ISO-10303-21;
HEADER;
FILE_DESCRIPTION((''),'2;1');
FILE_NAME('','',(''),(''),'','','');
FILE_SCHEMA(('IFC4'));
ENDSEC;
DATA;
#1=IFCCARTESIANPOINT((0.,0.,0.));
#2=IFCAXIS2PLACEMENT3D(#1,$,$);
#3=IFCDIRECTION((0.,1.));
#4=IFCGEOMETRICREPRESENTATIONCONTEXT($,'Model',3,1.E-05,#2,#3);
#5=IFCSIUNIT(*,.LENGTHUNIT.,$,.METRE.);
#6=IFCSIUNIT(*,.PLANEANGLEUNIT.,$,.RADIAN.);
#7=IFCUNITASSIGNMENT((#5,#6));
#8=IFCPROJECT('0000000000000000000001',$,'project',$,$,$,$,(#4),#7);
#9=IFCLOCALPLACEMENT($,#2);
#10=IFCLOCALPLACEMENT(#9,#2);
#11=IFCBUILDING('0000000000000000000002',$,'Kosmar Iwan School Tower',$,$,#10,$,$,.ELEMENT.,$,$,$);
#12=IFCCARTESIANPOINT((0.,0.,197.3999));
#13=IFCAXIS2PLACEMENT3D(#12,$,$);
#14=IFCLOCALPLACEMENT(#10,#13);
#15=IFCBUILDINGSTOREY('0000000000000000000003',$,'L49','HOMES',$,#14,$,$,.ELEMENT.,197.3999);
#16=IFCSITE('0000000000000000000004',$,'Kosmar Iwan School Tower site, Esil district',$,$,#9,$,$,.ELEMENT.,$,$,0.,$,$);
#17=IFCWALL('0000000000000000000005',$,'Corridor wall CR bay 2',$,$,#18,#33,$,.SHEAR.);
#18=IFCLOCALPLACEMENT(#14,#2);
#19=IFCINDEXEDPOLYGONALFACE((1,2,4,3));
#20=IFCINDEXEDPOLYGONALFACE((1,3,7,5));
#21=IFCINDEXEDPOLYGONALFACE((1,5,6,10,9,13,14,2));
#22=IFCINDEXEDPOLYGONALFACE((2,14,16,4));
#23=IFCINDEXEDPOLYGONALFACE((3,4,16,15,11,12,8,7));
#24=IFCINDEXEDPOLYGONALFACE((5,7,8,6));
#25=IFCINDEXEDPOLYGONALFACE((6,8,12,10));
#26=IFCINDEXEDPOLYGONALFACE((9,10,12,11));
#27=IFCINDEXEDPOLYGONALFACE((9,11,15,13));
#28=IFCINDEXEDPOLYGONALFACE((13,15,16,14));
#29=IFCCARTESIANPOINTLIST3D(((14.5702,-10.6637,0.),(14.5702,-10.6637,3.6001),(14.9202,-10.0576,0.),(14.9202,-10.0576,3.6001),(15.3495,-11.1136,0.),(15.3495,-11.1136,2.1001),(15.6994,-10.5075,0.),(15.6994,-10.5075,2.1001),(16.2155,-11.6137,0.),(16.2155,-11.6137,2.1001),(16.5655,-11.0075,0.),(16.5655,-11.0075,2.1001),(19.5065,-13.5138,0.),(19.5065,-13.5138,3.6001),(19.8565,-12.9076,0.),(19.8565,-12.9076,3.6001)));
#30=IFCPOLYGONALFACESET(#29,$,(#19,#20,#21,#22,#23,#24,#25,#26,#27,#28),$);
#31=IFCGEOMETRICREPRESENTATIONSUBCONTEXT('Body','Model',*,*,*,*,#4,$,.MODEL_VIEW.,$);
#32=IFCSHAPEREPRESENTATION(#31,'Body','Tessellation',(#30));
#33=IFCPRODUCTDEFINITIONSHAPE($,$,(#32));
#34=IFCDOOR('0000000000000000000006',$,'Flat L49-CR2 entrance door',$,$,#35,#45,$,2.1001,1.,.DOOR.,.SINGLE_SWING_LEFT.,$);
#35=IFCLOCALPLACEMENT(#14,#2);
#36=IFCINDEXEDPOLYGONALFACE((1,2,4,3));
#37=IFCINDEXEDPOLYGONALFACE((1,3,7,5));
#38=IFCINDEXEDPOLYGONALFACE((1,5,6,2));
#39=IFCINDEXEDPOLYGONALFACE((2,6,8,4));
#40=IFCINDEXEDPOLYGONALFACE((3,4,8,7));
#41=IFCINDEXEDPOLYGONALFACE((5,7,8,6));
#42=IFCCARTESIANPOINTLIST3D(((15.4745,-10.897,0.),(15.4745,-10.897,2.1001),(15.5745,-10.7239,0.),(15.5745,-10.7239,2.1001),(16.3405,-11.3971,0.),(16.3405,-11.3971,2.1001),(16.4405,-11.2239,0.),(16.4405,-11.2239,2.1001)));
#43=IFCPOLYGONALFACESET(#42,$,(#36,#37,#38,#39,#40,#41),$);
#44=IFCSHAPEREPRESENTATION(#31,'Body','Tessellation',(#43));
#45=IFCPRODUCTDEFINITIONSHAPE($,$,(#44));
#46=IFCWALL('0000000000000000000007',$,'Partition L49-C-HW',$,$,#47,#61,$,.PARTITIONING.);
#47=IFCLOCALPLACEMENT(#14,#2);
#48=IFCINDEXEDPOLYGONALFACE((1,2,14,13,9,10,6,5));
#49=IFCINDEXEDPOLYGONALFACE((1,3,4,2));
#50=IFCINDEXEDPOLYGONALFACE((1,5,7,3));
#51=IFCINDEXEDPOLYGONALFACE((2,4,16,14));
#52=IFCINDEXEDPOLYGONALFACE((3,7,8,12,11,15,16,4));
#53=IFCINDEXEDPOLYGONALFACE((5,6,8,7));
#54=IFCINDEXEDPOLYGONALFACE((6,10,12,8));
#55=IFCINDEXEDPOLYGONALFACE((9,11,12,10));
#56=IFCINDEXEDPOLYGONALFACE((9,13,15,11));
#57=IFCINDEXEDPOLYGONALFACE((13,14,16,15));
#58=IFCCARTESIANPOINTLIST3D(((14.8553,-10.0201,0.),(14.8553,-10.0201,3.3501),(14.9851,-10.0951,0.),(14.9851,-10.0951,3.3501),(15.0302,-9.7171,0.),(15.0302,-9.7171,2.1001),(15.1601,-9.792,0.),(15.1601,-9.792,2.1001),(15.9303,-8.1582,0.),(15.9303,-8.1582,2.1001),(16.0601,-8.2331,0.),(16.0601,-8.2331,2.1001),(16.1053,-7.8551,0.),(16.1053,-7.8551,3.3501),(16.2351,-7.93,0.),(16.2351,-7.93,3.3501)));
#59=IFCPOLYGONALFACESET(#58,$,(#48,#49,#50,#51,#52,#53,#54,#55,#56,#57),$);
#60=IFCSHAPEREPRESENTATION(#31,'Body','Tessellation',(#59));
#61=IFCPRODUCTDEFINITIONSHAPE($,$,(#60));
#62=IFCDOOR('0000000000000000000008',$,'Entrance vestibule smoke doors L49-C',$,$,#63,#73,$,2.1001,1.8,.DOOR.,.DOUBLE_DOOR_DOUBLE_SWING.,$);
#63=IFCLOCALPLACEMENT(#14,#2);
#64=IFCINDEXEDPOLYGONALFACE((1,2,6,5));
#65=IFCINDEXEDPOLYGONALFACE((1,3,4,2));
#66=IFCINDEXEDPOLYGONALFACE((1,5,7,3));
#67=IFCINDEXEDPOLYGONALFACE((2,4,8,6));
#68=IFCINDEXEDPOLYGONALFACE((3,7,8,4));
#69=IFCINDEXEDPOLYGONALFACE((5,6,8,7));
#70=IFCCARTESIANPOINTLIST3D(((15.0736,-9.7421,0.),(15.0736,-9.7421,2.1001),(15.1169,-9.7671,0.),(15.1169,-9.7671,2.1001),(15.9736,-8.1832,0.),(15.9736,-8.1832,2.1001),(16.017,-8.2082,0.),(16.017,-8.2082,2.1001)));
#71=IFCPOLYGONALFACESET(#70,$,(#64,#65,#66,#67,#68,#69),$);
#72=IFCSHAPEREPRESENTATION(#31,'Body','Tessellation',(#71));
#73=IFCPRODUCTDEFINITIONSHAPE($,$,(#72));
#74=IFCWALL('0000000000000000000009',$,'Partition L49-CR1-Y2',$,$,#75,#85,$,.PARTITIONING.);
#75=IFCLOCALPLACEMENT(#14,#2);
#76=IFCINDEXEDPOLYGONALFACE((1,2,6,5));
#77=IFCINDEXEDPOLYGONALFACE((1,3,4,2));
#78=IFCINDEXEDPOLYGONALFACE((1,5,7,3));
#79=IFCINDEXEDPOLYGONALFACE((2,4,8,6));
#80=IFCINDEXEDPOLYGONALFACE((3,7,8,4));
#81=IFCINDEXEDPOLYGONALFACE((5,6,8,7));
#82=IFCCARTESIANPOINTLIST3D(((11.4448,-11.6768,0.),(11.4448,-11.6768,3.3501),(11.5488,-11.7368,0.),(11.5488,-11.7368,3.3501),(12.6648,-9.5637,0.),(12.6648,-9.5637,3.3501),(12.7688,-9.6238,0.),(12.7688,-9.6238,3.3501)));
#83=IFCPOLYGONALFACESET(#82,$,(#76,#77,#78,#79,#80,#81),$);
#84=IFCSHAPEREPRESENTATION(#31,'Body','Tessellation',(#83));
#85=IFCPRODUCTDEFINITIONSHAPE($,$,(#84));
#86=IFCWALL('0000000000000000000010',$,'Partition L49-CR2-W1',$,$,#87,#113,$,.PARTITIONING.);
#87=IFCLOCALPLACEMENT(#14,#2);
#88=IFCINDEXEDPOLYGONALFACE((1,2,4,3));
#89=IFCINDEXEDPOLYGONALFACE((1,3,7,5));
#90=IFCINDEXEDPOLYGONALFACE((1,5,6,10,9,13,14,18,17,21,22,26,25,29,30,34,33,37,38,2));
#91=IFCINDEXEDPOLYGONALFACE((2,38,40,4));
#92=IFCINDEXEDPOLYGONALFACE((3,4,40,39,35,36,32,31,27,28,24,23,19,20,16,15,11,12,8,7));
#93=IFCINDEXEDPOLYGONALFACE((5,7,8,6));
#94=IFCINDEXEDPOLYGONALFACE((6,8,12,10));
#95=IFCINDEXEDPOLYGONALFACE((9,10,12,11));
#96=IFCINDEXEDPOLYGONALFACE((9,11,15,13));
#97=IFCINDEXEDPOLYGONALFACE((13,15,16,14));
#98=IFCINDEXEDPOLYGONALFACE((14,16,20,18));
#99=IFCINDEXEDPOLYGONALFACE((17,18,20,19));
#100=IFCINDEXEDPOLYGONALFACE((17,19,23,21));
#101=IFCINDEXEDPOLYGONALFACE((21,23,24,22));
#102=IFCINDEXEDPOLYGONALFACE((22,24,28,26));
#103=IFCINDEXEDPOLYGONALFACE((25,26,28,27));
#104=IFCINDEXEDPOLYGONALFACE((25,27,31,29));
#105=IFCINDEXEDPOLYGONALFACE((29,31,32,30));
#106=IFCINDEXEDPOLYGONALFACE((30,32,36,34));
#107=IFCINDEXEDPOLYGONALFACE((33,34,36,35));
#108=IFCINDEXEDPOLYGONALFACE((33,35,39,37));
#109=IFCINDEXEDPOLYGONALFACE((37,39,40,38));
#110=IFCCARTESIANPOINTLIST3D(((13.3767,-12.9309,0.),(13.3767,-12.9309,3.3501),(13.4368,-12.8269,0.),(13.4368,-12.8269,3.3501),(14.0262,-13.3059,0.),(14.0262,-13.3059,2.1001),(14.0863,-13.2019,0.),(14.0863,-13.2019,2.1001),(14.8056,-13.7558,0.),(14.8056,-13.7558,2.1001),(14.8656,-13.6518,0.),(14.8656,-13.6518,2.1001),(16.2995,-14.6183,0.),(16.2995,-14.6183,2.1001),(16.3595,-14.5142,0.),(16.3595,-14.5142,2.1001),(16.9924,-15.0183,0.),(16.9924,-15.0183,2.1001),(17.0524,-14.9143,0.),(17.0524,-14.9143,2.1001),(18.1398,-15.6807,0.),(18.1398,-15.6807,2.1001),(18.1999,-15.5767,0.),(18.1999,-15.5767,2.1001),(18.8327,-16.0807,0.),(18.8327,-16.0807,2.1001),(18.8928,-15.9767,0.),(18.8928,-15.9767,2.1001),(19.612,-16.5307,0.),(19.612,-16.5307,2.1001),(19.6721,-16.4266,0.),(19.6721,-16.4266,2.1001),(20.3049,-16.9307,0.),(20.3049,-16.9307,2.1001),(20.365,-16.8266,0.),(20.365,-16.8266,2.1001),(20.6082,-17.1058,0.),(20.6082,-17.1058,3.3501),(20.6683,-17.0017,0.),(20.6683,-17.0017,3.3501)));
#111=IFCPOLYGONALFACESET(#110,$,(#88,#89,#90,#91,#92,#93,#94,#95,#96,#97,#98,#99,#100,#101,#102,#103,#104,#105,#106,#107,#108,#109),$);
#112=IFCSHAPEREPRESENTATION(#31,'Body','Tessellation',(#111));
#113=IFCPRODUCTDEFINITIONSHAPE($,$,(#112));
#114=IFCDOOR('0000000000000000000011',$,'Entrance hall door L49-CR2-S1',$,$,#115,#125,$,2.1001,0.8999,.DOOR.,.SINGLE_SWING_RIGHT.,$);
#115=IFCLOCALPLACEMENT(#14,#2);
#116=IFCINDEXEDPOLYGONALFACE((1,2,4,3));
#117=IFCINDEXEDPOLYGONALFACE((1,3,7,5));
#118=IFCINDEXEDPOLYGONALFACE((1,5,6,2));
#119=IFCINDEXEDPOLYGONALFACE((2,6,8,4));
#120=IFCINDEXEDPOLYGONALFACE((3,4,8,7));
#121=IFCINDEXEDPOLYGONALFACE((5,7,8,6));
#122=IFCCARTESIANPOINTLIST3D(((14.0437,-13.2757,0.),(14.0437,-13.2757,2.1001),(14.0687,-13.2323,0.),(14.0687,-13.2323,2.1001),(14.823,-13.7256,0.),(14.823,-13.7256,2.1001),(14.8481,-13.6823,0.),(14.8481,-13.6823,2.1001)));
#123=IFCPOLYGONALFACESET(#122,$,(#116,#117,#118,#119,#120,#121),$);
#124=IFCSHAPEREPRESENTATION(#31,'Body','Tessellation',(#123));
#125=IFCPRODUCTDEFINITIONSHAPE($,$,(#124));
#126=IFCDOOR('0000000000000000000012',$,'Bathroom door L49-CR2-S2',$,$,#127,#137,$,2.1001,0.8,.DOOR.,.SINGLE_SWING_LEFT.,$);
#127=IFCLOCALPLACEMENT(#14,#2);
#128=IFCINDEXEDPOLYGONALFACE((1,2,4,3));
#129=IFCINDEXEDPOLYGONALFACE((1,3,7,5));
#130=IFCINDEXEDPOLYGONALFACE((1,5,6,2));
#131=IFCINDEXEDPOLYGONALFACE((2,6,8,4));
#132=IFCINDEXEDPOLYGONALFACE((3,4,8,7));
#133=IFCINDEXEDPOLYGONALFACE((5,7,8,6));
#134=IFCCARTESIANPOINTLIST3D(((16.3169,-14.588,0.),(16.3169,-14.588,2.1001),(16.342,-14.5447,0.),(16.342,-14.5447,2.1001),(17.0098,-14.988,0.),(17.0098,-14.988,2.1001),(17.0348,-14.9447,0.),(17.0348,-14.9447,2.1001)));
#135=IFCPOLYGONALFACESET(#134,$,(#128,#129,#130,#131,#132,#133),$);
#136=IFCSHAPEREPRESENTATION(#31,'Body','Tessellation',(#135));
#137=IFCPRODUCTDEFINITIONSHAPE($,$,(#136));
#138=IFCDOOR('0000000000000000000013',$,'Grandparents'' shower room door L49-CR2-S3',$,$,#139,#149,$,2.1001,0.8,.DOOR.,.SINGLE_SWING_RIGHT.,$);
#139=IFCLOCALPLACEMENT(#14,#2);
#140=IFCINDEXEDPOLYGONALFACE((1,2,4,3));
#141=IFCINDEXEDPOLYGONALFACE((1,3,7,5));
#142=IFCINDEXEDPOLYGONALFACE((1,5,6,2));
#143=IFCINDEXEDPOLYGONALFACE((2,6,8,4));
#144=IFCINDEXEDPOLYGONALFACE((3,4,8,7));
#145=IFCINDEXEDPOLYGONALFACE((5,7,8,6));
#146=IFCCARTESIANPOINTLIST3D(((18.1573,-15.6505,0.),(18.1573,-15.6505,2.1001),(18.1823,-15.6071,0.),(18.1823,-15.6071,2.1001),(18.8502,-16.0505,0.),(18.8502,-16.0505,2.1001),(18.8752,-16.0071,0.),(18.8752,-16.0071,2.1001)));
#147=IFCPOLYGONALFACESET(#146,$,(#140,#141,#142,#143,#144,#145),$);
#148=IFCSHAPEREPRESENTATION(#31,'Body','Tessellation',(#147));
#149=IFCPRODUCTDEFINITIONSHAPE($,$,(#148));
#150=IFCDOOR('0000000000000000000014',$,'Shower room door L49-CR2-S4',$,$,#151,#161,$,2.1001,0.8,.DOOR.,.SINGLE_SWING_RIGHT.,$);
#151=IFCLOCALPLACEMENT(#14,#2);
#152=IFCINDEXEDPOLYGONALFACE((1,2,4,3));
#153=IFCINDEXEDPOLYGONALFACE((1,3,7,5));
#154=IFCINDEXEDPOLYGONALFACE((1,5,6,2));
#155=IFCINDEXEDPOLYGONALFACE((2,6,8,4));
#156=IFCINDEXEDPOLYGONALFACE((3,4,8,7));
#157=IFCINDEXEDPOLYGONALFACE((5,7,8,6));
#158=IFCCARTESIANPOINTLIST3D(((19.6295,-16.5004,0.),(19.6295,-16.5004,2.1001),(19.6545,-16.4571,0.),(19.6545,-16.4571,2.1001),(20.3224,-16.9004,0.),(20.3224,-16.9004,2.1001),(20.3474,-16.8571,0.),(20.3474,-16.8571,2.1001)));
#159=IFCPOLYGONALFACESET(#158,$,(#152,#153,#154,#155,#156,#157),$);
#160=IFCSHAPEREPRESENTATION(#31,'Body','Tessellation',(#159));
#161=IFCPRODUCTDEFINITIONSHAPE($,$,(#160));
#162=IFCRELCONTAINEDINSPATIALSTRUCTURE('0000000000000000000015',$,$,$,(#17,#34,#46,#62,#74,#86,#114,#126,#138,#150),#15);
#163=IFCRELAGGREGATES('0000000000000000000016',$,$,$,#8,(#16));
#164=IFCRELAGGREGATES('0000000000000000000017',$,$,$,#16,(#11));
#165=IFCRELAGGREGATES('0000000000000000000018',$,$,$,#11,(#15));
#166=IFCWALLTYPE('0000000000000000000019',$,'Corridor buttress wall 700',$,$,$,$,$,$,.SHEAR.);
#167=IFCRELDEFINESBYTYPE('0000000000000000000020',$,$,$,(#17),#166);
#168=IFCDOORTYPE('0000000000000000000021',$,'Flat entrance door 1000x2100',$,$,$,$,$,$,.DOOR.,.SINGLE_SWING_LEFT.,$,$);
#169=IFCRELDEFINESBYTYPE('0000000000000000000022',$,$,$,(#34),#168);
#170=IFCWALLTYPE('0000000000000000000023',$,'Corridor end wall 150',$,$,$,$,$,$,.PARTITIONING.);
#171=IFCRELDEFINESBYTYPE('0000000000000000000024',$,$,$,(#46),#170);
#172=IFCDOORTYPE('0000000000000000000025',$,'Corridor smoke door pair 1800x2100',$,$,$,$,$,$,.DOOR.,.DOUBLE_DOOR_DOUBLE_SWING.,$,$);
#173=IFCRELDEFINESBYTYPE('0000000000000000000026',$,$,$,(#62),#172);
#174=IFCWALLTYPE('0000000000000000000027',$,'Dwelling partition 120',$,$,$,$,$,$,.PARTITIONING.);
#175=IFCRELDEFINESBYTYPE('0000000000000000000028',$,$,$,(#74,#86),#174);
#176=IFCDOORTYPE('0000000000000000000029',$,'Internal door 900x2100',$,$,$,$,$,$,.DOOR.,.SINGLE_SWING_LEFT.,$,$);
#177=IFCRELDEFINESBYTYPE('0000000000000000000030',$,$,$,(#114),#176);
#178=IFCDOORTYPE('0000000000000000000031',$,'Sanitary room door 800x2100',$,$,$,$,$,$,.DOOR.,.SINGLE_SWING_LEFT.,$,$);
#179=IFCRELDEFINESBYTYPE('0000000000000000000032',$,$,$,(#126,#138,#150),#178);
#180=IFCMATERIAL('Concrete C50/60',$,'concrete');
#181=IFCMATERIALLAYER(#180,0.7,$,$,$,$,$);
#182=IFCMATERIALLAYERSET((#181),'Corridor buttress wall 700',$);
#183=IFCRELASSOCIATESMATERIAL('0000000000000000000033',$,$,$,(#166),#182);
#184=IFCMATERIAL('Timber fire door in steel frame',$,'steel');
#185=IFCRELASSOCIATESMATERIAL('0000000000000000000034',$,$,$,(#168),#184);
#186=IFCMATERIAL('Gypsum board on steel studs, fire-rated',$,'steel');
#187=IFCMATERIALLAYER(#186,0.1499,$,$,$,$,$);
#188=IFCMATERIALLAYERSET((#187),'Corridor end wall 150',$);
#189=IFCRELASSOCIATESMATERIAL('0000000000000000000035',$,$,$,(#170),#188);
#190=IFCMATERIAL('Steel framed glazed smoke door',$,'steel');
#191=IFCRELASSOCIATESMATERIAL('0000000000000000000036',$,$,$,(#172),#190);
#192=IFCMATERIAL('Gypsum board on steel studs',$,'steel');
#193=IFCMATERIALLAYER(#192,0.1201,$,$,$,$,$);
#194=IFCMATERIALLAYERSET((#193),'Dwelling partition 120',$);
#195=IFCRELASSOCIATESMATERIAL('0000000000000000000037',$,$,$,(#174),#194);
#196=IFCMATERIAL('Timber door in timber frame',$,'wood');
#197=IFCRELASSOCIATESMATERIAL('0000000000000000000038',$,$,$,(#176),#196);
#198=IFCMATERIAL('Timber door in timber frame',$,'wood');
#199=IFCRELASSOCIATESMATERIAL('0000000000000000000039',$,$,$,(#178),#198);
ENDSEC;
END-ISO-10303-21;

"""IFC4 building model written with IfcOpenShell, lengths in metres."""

from ifc_helpers import new_model, si_unit, direction, frame, frame_2d, origin, place, context, subcontext, project, spatial, rectangle, extrude, material, layer, layer_set, type_object, element, fill, save


model = new_model("IFC4")

# Units and contexts
model_context = context("Model", 3, precision=1e-05, world=origin(), true_north=direction((0.0, 1.0)))
body_context = subcontext(model_context, "Body", "Model", "MODEL_VIEW")
ifc_project = project(units=[si_unit("LENGTHUNIT", "METRE"), si_unit("PLANEANGLEUNIT", "RADIAN")], contexts=[model_context])

# Site, building, storey
site_placement = place(None, origin())
site = spatial("IfcSite", under=ifc_project, at=site_placement, Name="Kosmar Iwan School Tower site, Esil district", CompositionType="ELEMENT", RefElevation=0.0)
building_placement = place(site_placement, origin())
building = spatial("IfcBuilding", under=site, at=building_placement, Name="Kosmar Iwan School Tower", CompositionType="ELEMENT")
storey_placement = place(building_placement, frame((0.0, 0.0, 197.3999)))
storey = spatial("IfcBuildingStorey", under=building, at=storey_placement, Name="L49", Description="HOMES", CompositionType="ELEMENT", Elevation=197.3999)

# Walls, openings, doors
ifc_material_1 = material(Name="Concrete C50/60", Category="concrete")
ifc_layer_1 = layer(ifc_material_1, 0.7)
ifc_layer_set_1 = layer_set([ifc_layer_1], Name="Corridor buttress wall 700")
wall_type_1 = type_object("IfcWallType", Name="Corridor buttress wall 700", PredefinedType="SHEAR", material=ifc_layer_set_1)
wall_1_placement = place(storey_placement, frame((14.7451, -10.3606, 0.0), z_axis=(0.0, 0.0, 1.0), x_axis=(0.866015, -0.500018, 0.0)))
wall_1 = element("IfcWall", 1, at=wall_1_placement, inside=storey, type_object=wall_type_1, Name="Corridor wall CR bay 2", PredefinedType="SHEAR", context=body_context, shape_type="SweptSolid", body=[
    extrude(rectangle(XDim=5.7, YDim=0.7, at=frame_2d((2.8501, 0.0))), origin(), (0.0, 0.0, 1.0), 3.6001),
])
opening_1_placement = place(wall_1_placement, frame((0.8999, 0.0, 0.0)))
opening_1 = element("IfcOpeningElement", 2, at=opening_1_placement, cuts=wall_1, PredefinedType="OPENING", context=body_context, shape_type="SweptSolid", body=[
    extrude(rectangle(XDim=1.0, YDim=2.1001, at=frame_2d((0.5, 1.05))), frame((0.0, 0.3621, 0.0), z_axis=(0.0, -1.0, 0.0), x_axis=(1.0, 0.0, 0.0)), (0.0, 0.0, 1.0), 0.7239),
])
ifc_material_2 = material(Name="Timber fire door in steel frame", Category="steel")
door_type_1 = type_object("IfcDoorType", Name="Flat entrance door 1000x2100", OperationType="SINGLE_SWING_LEFT", PredefinedType="DOOR", material=ifc_material_2)
door_1_placement = place(opening_1_placement, origin())
door_1 = element("IfcDoor", 3, at=door_1_placement, inside=storey, type_object=door_type_1, Name="Flat L49-CR2 entrance door", OperationType="SINGLE_SWING_LEFT", OverallHeight=2.1001, OverallWidth=1.0, PredefinedType="DOOR", context=body_context, shape_type="SweptSolid", body=[
    extrude(rectangle(XDim=1.0, YDim=2.1001, at=frame_2d((0.5, 1.05))), frame((0.0, 0.1001, 0.0), z_axis=(0.0, -1.0, 0.0), x_axis=(1.0, 0.0, 0.0)), (0.0, 0.0, 1.0), 0.2),
])
fill(opening_1, door_1)
ifc_material_3 = material(Name="Gypsum board on steel studs, fire-rated", Category="steel")
ifc_layer_2 = layer(ifc_material_3, 0.1499)
ifc_layer_set_2 = layer_set([ifc_layer_2], Name="Corridor end wall 150")
wall_type_2 = type_object("IfcWallType", Name="Corridor end wall 150", PredefinedType="PARTITIONING", material=ifc_layer_set_2)
wall_2_placement = place(storey_placement, frame((14.9202, -10.0576, 0.0), z_axis=(0.0, 0.0, 1.0), x_axis=(0.500004, 0.866023, 0.0)))
wall_2 = element("IfcWall", 4, at=wall_2_placement, inside=storey, type_object=wall_type_2, Name="Partition L49-C-HW", PredefinedType="PARTITIONING", context=body_context, shape_type="SweptSolid", body=[
    extrude(rectangle(XDim=2.5, YDim=0.1499, at=frame_2d((1.25, 0.0))), origin(), (0.0, 0.0, 1.0), 3.3501),
])
opening_2_placement = place(wall_2_placement, frame((0.3501, 0.0, 0.0)))
opening_2 = element("IfcOpeningElement", 5, at=opening_2_placement, cuts=wall_2, PredefinedType="OPENING", context=body_context, shape_type="SweptSolid", body=[
    extrude(rectangle(XDim=1.8, YDim=2.1001, at=frame_2d((0.8999, 1.05))), frame((0.0, 0.0869, 0.0), z_axis=(0.0, -1.0, 0.0), x_axis=(1.0, 0.0, 0.0)), (0.0, 0.0, 1.0), 0.1738),
])
ifc_material_4 = material(Name="Steel framed glazed smoke door", Category="steel")
door_type_2 = type_object("IfcDoorType", Name="Corridor smoke door pair 1800x2100", OperationType="DOUBLE_DOOR_DOUBLE_SWING", PredefinedType="DOOR", material=ifc_material_4)
door_2_placement = place(opening_2_placement, origin())
door_2 = element("IfcDoor", 6, at=door_2_placement, inside=storey, type_object=door_type_2, Name="Entrance vestibule smoke doors L49-C", OperationType="DOUBLE_DOOR_DOUBLE_SWING", OverallHeight=2.1001, OverallWidth=1.8, PredefinedType="DOOR", context=body_context, shape_type="SweptSolid", body=[
    extrude(rectangle(XDim=1.8, YDim=2.1001, at=frame_2d((0.8999, 1.05))), frame((0.0, 0.0249, 0.0), z_axis=(0.0, -1.0, 0.0), x_axis=(1.0, 0.0, 0.0)), (0.0, 0.0, 1.0), 0.05),
])
fill(opening_2, door_2)

# Wall
ifc_material_5 = material(Name="Gypsum board on steel studs", Category="steel")
ifc_layer_3 = layer(ifc_material_5, 0.1201)
ifc_layer_set_3 = layer_set([ifc_layer_3], Name="Dwelling partition 120")
wall_type_3 = type_object("IfcWallType", Name="Dwelling partition 120", PredefinedType="PARTITIONING", material=ifc_layer_set_3)
wall_3_placement = place(storey_placement, frame((12.7168, -9.5938, 0.0), z_axis=(0.0, 0.0, 1.0), x_axis=(-0.500003, -0.866024, 0.0)))
element("IfcWall", 7, at=wall_3_placement, inside=storey, type_object=wall_type_3, Name="Partition L49-CR1-Y2", PredefinedType="PARTITIONING", context=body_context, shape_type="SweptSolid", body=[
    extrude(rectangle(XDim=2.4399, YDim=0.1201, at=frame_2d((1.22, 0.0))), origin(), (0.0, 0.0, 1.0), 3.3501),
])

# Wall, openings, doors
wall_4_placement = place(storey_placement, frame((13.4067, -12.8789, 0.0), z_axis=(0.0, 0.0, 1.0), x_axis=(0.86604, -0.499976, 0.0)))
wall_4 = element("IfcWall", 8, at=wall_4_placement, inside=storey, type_object=wall_type_3, Name="Partition L49-CR2-W1", PredefinedType="PARTITIONING", context=body_context, shape_type="SweptSolid", body=[
    extrude(rectangle(XDim=8.3501, YDim=0.1201, at=frame_2d((4.175, 0.0))), origin(), (0.0, 0.0, 1.0), 3.3501),
])
opening_3_placement = place(wall_4_placement, frame((0.75, 0.0, 0.0)))
opening_3 = element("IfcOpeningElement", 9, at=opening_3_placement, cuts=wall_4, PredefinedType="OPENING", context=body_context, shape_type="SweptSolid", body=[
    extrude(rectangle(XDim=0.8999, YDim=2.1001, at=frame_2d((0.45, 1.05))), frame((0.0, 0.072, 0.0), z_axis=(0.0, -1.0, 0.0), x_axis=(1.0, 0.0, 0.0)), (0.0, 0.0, 1.0), 0.144),
])
opening_4_placement = place(wall_4_placement, frame((3.375, 0.0, 0.0)))
opening_4 = element("IfcOpeningElement", 10, at=opening_4_placement, cuts=wall_4, PredefinedType="OPENING", context=body_context, shape_type="SweptSolid", body=[
    extrude(rectangle(XDim=0.8, YDim=2.1001, at=frame_2d((0.3999, 1.05))), frame((0.0, 0.072, 0.0), z_axis=(0.0, -1.0, 0.0), x_axis=(1.0, 0.0, 0.0)), (0.0, 0.0, 1.0), 0.144),
])
opening_5_placement = place(wall_4_placement, frame((5.5, 0.0, 0.0)))
opening_5 = element("IfcOpeningElement", 11, at=opening_5_placement, cuts=wall_4, PredefinedType="OPENING", context=body_context, shape_type="SweptSolid", body=[
    extrude(rectangle(XDim=0.8, YDim=2.1001, at=frame_2d((0.3999, 1.05))), frame((0.0, 0.072, 0.0), z_axis=(0.0, -1.0, 0.0), x_axis=(1.0, 0.0, 0.0)), (0.0, 0.0, 1.0), 0.144),
])
opening_6_placement = place(wall_4_placement, frame((7.2, 0.0, 0.0)))
opening_6 = element("IfcOpeningElement", 12, at=opening_6_placement, cuts=wall_4, PredefinedType="OPENING", context=body_context, shape_type="SweptSolid", body=[
    extrude(rectangle(XDim=0.8, YDim=2.1001, at=frame_2d((0.3999, 1.05))), frame((0.0, 0.072, 0.0), z_axis=(0.0, -1.0, 0.0), x_axis=(1.0, 0.0, 0.0)), (0.0, 0.0, 1.0), 0.144),
])
ifc_material_6 = material(Name="Timber door in timber frame", Category="wood")
door_type_3 = type_object("IfcDoorType", Name="Internal door 900x2100", OperationType="SINGLE_SWING_LEFT", PredefinedType="DOOR", material=ifc_material_6)
door_3_placement = place(opening_3_placement, origin())
door_3 = element("IfcDoor", 13, at=door_3_placement, inside=storey, type_object=door_type_3, Name="Entrance hall door L49-CR2-S1", OperationType="SINGLE_SWING_RIGHT", OverallHeight=2.1001, OverallWidth=0.8999, PredefinedType="DOOR", context=body_context, shape_type="SweptSolid", body=[
    extrude(rectangle(XDim=0.8999, YDim=2.1001, at=frame_2d((0.45, 1.05))), frame((0.0, 0.0249, 0.0), z_axis=(0.0, -1.0, 0.0), x_axis=(1.0, 0.0, 0.0)), (0.0, 0.0, 1.0), 0.05),
])
fill(opening_3, door_3)
ifc_material_7 = material(Name="Timber door in timber frame", Category="wood")
door_type_4 = type_object("IfcDoorType", Name="Sanitary room door 800x2100", OperationType="SINGLE_SWING_LEFT", PredefinedType="DOOR", material=ifc_material_7)
door_4_placement = place(opening_4_placement, origin())
door_4 = element("IfcDoor", 14, at=door_4_placement, inside=storey, type_object=door_type_4, Name="Bathroom door L49-CR2-S2", OperationType="SINGLE_SWING_LEFT", OverallHeight=2.1001, OverallWidth=0.8, PredefinedType="DOOR", context=body_context, shape_type="SweptSolid", body=[
    extrude(rectangle(XDim=0.8, YDim=2.1001, at=frame_2d((0.3999, 1.05))), frame((0.0, 0.0249, 0.0), z_axis=(0.0, -1.0, 0.0), x_axis=(1.0, 0.0, 0.0)), (0.0, 0.0, 1.0), 0.05),
])
fill(opening_4, door_4)
door_5_placement = place(opening_5_placement, origin())
door_5 = element("IfcDoor", 15, at=door_5_placement, inside=storey, type_object=door_type_4, Name="Grandparents' shower room door L49-CR2-S3", OperationType="SINGLE_SWING_RIGHT", OverallHeight=2.1001, OverallWidth=0.8, PredefinedType="DOOR", context=body_context, shape_type="SweptSolid", body=[
    extrude(rectangle(XDim=0.8, YDim=2.1001, at=frame_2d((0.3999, 1.05))), frame((0.0, 0.0249, 0.0), z_axis=(0.0, -1.0, 0.0), x_axis=(1.0, 0.0, 0.0)), (0.0, 0.0, 1.0), 0.05),
])
fill(opening_5, door_5)
door_6_placement = place(opening_6_placement, origin())
door_6 = element("IfcDoor", 16, at=door_6_placement, inside=storey, type_object=door_type_4, Name="Shower room door L49-CR2-S4", OperationType="SINGLE_SWING_RIGHT", OverallHeight=2.1001, OverallWidth=0.8, PredefinedType="DOOR", context=body_context, shape_type="SweptSolid", body=[
    extrude(rectangle(XDim=0.8, YDim=2.1001, at=frame_2d((0.3999, 1.05))), frame((0.0, 0.0249, 0.0), z_axis=(0.0, -1.0, 0.0), x_axis=(1.0, 0.0, 0.0)), (0.0, 0.0, 1.0), 0.05),
])
fill(opening_6, door_6)

save(model, "model.ifc")
